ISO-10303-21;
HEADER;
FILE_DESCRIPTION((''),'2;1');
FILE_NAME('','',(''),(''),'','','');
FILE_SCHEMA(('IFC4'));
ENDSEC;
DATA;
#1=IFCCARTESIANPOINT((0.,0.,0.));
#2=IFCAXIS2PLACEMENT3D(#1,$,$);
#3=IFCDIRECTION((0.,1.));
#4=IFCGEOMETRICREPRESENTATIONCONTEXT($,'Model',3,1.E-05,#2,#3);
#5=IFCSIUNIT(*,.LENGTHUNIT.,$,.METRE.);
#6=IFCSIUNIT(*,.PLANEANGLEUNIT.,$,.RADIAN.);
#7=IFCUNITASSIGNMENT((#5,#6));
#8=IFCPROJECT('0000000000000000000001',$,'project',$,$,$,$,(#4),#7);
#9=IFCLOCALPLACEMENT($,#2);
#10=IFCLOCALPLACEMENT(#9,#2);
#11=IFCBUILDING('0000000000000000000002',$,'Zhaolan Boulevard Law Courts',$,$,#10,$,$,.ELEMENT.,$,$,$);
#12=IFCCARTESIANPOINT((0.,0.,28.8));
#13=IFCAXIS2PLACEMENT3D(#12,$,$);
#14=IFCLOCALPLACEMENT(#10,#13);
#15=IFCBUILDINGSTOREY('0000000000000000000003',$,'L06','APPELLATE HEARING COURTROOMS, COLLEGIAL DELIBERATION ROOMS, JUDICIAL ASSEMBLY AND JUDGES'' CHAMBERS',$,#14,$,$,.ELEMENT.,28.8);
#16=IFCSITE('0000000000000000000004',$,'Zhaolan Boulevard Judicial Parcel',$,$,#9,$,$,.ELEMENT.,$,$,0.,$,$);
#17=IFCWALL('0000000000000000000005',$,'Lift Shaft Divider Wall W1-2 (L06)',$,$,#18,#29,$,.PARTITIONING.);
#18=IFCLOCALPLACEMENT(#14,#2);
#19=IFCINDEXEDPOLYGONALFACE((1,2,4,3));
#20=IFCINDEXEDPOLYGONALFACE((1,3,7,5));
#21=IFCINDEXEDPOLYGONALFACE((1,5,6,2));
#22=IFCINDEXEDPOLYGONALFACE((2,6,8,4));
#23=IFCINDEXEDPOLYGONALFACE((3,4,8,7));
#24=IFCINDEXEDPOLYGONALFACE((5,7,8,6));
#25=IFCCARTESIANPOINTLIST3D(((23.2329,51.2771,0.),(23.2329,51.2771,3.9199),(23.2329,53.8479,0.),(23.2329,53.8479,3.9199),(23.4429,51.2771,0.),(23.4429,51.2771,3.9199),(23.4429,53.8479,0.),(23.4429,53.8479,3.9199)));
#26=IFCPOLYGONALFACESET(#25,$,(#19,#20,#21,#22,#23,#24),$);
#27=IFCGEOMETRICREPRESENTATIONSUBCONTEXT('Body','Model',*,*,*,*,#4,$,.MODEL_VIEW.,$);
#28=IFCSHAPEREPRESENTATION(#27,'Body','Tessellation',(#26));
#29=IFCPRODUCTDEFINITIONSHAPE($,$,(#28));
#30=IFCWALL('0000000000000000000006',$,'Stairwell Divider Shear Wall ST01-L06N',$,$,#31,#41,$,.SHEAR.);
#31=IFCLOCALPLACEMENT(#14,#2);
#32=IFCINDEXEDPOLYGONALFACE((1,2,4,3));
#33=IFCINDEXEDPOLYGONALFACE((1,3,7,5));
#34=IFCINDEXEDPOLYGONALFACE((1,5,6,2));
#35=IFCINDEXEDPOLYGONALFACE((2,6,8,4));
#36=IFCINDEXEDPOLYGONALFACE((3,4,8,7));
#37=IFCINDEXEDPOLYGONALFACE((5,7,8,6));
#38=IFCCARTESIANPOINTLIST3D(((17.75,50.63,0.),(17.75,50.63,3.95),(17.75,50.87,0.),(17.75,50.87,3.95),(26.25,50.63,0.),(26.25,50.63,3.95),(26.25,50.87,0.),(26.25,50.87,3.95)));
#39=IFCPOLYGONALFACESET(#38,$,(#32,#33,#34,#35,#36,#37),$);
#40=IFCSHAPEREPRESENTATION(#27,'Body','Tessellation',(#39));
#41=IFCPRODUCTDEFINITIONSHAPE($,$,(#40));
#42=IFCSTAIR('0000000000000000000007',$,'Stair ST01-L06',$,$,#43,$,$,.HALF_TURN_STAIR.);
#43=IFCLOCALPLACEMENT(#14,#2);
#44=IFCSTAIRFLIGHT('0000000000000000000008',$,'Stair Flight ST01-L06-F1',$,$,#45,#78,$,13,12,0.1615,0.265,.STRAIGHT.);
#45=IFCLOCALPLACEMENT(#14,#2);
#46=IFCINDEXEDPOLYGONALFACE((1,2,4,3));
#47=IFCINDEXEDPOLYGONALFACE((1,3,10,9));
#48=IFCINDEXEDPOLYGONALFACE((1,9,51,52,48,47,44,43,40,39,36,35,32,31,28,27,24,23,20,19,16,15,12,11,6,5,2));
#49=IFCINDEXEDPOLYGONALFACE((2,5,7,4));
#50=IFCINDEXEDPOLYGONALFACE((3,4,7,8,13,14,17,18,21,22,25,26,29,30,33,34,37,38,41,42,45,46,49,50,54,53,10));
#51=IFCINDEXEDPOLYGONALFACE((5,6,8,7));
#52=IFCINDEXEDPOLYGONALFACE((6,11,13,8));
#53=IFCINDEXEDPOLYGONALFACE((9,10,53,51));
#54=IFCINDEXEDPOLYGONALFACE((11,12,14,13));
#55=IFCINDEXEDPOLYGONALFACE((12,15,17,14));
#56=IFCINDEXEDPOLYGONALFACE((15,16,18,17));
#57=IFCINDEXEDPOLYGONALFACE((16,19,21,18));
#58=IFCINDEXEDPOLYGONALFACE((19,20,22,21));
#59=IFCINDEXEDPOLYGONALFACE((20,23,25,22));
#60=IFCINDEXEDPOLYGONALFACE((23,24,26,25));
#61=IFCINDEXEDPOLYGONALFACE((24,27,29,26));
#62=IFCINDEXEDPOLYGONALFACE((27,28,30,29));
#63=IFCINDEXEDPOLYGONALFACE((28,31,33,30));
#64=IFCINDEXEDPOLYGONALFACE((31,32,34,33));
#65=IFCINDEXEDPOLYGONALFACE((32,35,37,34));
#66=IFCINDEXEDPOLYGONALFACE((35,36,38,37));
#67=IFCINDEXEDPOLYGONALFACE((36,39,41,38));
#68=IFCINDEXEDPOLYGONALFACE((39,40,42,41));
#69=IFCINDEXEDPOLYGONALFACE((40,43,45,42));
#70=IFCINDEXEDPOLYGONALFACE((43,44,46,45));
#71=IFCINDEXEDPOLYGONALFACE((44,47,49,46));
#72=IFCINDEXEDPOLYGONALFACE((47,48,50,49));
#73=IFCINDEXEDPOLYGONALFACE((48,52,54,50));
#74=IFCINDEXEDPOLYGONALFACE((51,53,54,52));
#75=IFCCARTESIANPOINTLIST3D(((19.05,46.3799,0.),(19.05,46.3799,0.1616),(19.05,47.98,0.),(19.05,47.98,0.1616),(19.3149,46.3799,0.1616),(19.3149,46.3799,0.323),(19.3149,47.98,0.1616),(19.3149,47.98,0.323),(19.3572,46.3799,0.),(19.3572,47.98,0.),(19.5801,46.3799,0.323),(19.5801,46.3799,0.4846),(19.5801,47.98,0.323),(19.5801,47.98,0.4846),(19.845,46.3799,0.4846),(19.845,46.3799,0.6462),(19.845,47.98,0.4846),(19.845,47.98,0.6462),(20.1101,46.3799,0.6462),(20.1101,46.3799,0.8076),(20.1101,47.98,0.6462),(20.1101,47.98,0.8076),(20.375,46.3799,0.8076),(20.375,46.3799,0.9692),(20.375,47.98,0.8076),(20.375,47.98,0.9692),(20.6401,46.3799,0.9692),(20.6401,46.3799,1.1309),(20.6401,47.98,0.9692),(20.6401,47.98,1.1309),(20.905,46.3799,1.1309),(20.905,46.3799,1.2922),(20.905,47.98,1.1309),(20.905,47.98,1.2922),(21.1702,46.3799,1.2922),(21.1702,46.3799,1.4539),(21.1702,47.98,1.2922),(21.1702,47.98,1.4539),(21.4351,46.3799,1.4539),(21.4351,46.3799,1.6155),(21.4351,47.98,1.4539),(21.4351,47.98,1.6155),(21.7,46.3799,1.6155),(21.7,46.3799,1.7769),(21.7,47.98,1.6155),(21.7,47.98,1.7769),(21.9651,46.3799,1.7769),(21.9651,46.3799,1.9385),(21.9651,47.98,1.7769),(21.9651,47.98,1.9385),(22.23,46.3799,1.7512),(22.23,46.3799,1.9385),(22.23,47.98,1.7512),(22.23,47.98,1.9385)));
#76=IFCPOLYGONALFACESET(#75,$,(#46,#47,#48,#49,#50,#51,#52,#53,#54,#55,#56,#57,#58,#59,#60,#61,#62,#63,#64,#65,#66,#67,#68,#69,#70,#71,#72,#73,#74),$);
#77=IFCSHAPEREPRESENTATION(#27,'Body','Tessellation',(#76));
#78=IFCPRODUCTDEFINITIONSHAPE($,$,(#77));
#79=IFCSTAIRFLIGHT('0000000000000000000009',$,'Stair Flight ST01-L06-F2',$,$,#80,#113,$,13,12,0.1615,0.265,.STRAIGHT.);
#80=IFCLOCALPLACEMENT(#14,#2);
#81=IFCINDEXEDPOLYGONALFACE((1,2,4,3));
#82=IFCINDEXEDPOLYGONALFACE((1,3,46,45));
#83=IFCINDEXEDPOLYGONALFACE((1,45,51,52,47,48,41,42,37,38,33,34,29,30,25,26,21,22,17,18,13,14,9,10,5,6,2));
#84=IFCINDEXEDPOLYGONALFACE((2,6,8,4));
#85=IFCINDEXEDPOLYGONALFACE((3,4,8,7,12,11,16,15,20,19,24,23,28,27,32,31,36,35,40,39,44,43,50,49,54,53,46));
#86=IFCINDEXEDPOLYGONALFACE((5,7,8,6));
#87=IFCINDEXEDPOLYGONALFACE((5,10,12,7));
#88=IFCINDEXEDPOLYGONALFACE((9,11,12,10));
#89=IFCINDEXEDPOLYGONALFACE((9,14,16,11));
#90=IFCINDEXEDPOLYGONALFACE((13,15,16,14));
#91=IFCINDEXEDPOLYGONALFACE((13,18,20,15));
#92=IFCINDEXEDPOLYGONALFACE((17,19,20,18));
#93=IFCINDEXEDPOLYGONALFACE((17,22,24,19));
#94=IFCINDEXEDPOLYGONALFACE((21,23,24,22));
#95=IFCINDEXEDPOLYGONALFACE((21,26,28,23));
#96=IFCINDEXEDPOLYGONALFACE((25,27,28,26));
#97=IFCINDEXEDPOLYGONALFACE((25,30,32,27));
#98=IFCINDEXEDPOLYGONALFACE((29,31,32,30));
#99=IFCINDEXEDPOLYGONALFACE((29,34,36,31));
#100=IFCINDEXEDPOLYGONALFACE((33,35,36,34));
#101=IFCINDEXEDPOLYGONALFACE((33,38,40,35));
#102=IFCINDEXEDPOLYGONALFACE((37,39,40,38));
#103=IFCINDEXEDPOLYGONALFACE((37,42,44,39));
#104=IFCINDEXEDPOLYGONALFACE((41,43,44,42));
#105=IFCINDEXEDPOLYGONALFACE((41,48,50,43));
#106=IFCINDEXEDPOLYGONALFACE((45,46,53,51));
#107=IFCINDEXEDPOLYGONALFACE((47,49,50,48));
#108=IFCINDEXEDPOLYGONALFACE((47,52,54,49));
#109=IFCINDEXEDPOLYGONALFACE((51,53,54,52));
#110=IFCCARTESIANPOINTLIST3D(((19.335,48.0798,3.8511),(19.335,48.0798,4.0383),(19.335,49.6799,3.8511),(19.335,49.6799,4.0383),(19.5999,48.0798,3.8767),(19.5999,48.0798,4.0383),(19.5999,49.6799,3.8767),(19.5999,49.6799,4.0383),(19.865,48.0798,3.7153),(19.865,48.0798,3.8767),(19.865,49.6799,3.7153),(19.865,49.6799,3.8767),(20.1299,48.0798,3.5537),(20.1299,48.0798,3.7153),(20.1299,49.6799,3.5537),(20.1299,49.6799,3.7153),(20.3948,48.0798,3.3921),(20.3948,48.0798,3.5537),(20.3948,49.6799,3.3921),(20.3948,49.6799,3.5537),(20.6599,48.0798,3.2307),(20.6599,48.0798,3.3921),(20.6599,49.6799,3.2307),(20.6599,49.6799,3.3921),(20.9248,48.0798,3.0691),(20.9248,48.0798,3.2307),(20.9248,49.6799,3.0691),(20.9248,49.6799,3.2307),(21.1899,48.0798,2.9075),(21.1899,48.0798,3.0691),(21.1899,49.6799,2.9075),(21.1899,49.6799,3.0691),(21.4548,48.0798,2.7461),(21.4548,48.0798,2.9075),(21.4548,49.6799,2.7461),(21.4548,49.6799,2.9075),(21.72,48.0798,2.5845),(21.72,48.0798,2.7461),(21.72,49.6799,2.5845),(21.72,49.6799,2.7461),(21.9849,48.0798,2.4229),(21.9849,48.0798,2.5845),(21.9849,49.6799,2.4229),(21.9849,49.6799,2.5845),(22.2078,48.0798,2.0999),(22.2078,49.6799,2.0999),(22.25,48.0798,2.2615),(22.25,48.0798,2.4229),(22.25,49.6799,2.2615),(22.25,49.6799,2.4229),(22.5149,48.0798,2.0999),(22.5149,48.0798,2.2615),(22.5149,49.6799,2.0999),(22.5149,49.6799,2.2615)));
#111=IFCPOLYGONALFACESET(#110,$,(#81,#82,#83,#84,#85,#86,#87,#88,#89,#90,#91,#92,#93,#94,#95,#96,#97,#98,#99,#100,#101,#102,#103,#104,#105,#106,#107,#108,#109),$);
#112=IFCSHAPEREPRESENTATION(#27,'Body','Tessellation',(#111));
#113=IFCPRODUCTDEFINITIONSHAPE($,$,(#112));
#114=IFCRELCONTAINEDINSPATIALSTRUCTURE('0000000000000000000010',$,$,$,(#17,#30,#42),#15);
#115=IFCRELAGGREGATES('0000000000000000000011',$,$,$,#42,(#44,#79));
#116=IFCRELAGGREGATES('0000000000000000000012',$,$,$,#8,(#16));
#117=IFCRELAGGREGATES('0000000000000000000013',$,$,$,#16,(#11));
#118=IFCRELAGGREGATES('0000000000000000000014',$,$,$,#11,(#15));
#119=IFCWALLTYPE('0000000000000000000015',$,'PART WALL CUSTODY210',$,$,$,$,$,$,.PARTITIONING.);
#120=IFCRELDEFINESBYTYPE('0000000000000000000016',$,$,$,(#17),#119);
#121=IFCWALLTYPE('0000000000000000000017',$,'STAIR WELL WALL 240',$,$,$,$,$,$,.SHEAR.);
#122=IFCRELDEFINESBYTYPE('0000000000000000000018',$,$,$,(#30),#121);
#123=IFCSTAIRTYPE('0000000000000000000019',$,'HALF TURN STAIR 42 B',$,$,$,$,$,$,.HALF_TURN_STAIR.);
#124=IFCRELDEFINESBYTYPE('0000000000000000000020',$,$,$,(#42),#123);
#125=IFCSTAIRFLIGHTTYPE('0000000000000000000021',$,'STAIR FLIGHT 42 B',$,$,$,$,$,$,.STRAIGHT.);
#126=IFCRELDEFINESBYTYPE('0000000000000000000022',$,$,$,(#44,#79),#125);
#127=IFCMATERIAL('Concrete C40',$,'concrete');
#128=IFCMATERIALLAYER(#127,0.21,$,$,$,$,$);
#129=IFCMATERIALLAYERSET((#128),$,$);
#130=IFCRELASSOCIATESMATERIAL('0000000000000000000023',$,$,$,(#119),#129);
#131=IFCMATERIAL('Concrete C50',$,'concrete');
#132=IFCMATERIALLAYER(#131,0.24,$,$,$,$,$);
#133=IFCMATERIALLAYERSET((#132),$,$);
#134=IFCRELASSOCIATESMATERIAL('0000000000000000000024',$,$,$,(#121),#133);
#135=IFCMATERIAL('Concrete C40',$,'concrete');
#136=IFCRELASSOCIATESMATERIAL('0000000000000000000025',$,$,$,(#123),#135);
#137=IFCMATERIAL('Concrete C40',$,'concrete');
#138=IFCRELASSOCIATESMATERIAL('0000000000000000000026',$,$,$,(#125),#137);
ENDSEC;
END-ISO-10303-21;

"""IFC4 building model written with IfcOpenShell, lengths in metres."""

from ifc_helpers import new_model, si_unit, direction, frame, frame_2d, origin, place, context, subcontext, project, spatial, polyline, rectangle, outline, extrude, material, layer, layer_set, type_object, element, aggregate, save


model = new_model("IFC4")

# Units and contexts
model_context = context("Model", 3, precision=1e-05, world=origin(), true_north=direction((0.0, 1.0)))
body_context = subcontext(model_context, "Body", "Model", "MODEL_VIEW")
ifc_project = project(units=[si_unit("LENGTHUNIT", "METRE"), si_unit("PLANEANGLEUNIT", "RADIAN")], contexts=[model_context])

# Site, building, storey
site_placement = place(None, origin())
site = spatial("IfcSite", under=ifc_project, at=site_placement, Name="Zhaolan Boulevard Judicial Parcel", CompositionType="ELEMENT", RefElevation=0.0)
building_placement = place(site_placement, origin())
building = spatial("IfcBuilding", under=site, at=building_placement, Name="Zhaolan Boulevard Law Courts", CompositionType="ELEMENT")
storey_placement = place(building_placement, frame((0.0, 0.0, 28.8)))
storey = spatial("IfcBuildingStorey", under=building, at=storey_placement, Name="L06", Description="APPELLATE HEARING COURTROOMS, COLLEGIAL DELIBERATION ROOMS, JUDICIAL ASSEMBLY AND JUDGES' CHAMBERS", CompositionType="ELEMENT", Elevation=28.8)

# Walls
ifc_material_1 = material(Name="Concrete C40", Category="concrete")
ifc_layer_1 = layer(ifc_material_1, 0.21)
ifc_layer_set_1 = layer_set([ifc_layer_1])
wall_type_1 = type_object("IfcWallType", Name="PART WALL CUSTODY210", PredefinedType="PARTITIONING", material=ifc_layer_set_1)
for number, where, z_axis, x_axis, name in (
    (1, (23.3379, 51.2771, 0.0), (0.0, 0.0, 1.0), (0.0, 1.0, 0.0), "Lift Shaft Divider Wall W1-2 (L06)"),
):
    element("IfcWall", number, at=place(storey_placement, frame(where, z_axis=z_axis, x_axis=x_axis)), inside=storey, type_object=wall_type_1, Name=name, PredefinedType="PARTITIONING", context=body_context, shape_type="SweptSolid", body=[
        extrude(rectangle(XDim=2.5708, YDim=0.21, at=frame_2d((1.2854, 0.0))), origin(), (0.0, 0.0, 1.0), 3.9199),
    ])
ifc_material_2 = material(Name="Concrete C50", Category="concrete")
ifc_layer_2 = layer(ifc_material_2, 0.24)
ifc_layer_set_2 = layer_set([ifc_layer_2])
wall_type_2 = type_object("IfcWallType", Name="STAIR WELL WALL 240", PredefinedType="SHEAR", material=ifc_layer_set_2)
wall_1_placement = place(storey_placement, frame((17.75, 50.75, 0.0), z_axis=(0.0, 0.0, 1.0), x_axis=(1.0, 0.0, 0.0)))
element("IfcWall", 2, at=wall_1_placement, inside=storey, type_object=wall_type_2, Name="Stairwell Divider Shear Wall ST01-L06N", PredefinedType="SHEAR", context=body_context, shape_type="SweptSolid", body=[
    extrude(rectangle(XDim=8.5, YDim=0.24, at=frame_2d((4.25, 0.0))), origin(), (0.0, 0.0, 1.0), 3.95),
])

# Stair, stair flights
ifc_material_3 = material(Name="Concrete C40", Category="concrete")
stair_type = type_object("IfcStairType", Name="HALF TURN STAIR 42 B", PredefinedType="HALF_TURN_STAIR", material=ifc_material_3)
stair_placement = place(storey_placement, origin())
stair = element("IfcStair", 3, at=stair_placement, inside=storey, type_object=stair_type, Name="Stair ST01-L06", PredefinedType="HALF_TURN_STAIR")
ifc_material_4 = material(Name="Concrete C40", Category="concrete")
stair_flight_type = type_object("IfcStairFlightType", Name="STAIR FLIGHT 42 B", PredefinedType="STRAIGHT", material=ifc_material_4)
stair_flight_1_placement = place(storey_placement, frame((19.05, 47.1799, 0.0), z_axis=(0.0, 0.0, 1.0), x_axis=(1.0, 0.0, 0.0)))
stair_flight_1 = element("IfcStairFlight", 4, at=stair_flight_1_placement, type_object=stair_flight_type, Name="Stair Flight ST01-L06-F1", NumberOfRisers=13, NumberOfTreads=12, PredefinedType="STRAIGHT", RiserHeight=0.1615, TreadLength=0.265, context=body_context, shape_type="SweptSolid", body=[
    extrude(outline(polyline([(0.0, 0.0), (0.0, 0.1616), (0.2649, 0.1616), (0.2649, 0.323), (0.53, 0.323), (0.53, 0.4846), (0.7949, 0.4846), (0.7949, 0.6462), (1.0601, 0.6462), (1.0601, 0.8076), (1.325, 0.8076), (1.325, 0.9692), (1.5901, 0.9692), (1.5901, 1.1309), (1.855, 1.1309), (1.855, 1.2922), (2.1201, 1.2922), (2.1201, 1.4539), (2.385, 1.4539), (2.385, 1.6155), (2.6499, 1.6155), (2.6499, 1.7769), (2.915, 1.7769), (2.915, 1.9385), (3.1799, 1.9385), (3.1799, 2.1001), (3.1799, 1.7512), (0.3071, 0.0), (0.0, 0.0)])), frame((0.0, 0.8, 0.0), z_axis=(0.0, -1.0, 0.0), x_axis=(1.0, 0.0, 0.0)), (0.0, 0.0, 1.0), 1.6001),
])
stair_flight_2_placement = place(storey_placement, frame((22.5149, 48.8799, 2.0999), z_axis=(0.0, 0.0, 1.0), x_axis=(-1.0, 0.0, 0.0)))
stair_flight_2 = element("IfcStairFlight", 5, at=stair_flight_2_placement, type_object=stair_flight_type, Name="Stair Flight ST01-L06-F2", NumberOfRisers=13, NumberOfTreads=12, PredefinedType="STRAIGHT", RiserHeight=0.1615, TreadLength=0.265, context=body_context, shape_type="SweptSolid", body=[
    extrude(outline(polyline([(0.0, 0.0), (0.0, 0.1616), (0.2649, 0.1616), (0.2649, 0.323), (0.53, 0.323), (0.53, 0.4846), (0.7949, 0.4846), (0.7949, 0.6462), (1.0601, 0.6462), (1.0601, 0.8076), (1.325, 0.8076), (1.325, 0.9692), (1.5901, 0.9692), (1.5901, 1.1309), (1.855, 1.1309), (1.855, 1.2922), (2.1201, 1.2922), (2.1201, 1.4539), (2.385, 1.4539), (2.385, 1.6155), (2.6499, 1.6155), (2.6499, 1.7769), (2.915, 1.7769), (2.915, 1.9385), (3.1799, 1.9385), (3.1799, 2.1001), (3.1799, 1.7512), (0.3071, 0.0), (0.0, 0.0)])), frame((0.0, 0.8, 0.0), z_axis=(0.0, -1.0, 0.0), x_axis=(1.0, 0.0, 0.0)), (0.0, 0.0, 1.0), 1.6001),
])
aggregate(stair, [stair_flight_1, stair_flight_2])

save(model, "model.ifc")
